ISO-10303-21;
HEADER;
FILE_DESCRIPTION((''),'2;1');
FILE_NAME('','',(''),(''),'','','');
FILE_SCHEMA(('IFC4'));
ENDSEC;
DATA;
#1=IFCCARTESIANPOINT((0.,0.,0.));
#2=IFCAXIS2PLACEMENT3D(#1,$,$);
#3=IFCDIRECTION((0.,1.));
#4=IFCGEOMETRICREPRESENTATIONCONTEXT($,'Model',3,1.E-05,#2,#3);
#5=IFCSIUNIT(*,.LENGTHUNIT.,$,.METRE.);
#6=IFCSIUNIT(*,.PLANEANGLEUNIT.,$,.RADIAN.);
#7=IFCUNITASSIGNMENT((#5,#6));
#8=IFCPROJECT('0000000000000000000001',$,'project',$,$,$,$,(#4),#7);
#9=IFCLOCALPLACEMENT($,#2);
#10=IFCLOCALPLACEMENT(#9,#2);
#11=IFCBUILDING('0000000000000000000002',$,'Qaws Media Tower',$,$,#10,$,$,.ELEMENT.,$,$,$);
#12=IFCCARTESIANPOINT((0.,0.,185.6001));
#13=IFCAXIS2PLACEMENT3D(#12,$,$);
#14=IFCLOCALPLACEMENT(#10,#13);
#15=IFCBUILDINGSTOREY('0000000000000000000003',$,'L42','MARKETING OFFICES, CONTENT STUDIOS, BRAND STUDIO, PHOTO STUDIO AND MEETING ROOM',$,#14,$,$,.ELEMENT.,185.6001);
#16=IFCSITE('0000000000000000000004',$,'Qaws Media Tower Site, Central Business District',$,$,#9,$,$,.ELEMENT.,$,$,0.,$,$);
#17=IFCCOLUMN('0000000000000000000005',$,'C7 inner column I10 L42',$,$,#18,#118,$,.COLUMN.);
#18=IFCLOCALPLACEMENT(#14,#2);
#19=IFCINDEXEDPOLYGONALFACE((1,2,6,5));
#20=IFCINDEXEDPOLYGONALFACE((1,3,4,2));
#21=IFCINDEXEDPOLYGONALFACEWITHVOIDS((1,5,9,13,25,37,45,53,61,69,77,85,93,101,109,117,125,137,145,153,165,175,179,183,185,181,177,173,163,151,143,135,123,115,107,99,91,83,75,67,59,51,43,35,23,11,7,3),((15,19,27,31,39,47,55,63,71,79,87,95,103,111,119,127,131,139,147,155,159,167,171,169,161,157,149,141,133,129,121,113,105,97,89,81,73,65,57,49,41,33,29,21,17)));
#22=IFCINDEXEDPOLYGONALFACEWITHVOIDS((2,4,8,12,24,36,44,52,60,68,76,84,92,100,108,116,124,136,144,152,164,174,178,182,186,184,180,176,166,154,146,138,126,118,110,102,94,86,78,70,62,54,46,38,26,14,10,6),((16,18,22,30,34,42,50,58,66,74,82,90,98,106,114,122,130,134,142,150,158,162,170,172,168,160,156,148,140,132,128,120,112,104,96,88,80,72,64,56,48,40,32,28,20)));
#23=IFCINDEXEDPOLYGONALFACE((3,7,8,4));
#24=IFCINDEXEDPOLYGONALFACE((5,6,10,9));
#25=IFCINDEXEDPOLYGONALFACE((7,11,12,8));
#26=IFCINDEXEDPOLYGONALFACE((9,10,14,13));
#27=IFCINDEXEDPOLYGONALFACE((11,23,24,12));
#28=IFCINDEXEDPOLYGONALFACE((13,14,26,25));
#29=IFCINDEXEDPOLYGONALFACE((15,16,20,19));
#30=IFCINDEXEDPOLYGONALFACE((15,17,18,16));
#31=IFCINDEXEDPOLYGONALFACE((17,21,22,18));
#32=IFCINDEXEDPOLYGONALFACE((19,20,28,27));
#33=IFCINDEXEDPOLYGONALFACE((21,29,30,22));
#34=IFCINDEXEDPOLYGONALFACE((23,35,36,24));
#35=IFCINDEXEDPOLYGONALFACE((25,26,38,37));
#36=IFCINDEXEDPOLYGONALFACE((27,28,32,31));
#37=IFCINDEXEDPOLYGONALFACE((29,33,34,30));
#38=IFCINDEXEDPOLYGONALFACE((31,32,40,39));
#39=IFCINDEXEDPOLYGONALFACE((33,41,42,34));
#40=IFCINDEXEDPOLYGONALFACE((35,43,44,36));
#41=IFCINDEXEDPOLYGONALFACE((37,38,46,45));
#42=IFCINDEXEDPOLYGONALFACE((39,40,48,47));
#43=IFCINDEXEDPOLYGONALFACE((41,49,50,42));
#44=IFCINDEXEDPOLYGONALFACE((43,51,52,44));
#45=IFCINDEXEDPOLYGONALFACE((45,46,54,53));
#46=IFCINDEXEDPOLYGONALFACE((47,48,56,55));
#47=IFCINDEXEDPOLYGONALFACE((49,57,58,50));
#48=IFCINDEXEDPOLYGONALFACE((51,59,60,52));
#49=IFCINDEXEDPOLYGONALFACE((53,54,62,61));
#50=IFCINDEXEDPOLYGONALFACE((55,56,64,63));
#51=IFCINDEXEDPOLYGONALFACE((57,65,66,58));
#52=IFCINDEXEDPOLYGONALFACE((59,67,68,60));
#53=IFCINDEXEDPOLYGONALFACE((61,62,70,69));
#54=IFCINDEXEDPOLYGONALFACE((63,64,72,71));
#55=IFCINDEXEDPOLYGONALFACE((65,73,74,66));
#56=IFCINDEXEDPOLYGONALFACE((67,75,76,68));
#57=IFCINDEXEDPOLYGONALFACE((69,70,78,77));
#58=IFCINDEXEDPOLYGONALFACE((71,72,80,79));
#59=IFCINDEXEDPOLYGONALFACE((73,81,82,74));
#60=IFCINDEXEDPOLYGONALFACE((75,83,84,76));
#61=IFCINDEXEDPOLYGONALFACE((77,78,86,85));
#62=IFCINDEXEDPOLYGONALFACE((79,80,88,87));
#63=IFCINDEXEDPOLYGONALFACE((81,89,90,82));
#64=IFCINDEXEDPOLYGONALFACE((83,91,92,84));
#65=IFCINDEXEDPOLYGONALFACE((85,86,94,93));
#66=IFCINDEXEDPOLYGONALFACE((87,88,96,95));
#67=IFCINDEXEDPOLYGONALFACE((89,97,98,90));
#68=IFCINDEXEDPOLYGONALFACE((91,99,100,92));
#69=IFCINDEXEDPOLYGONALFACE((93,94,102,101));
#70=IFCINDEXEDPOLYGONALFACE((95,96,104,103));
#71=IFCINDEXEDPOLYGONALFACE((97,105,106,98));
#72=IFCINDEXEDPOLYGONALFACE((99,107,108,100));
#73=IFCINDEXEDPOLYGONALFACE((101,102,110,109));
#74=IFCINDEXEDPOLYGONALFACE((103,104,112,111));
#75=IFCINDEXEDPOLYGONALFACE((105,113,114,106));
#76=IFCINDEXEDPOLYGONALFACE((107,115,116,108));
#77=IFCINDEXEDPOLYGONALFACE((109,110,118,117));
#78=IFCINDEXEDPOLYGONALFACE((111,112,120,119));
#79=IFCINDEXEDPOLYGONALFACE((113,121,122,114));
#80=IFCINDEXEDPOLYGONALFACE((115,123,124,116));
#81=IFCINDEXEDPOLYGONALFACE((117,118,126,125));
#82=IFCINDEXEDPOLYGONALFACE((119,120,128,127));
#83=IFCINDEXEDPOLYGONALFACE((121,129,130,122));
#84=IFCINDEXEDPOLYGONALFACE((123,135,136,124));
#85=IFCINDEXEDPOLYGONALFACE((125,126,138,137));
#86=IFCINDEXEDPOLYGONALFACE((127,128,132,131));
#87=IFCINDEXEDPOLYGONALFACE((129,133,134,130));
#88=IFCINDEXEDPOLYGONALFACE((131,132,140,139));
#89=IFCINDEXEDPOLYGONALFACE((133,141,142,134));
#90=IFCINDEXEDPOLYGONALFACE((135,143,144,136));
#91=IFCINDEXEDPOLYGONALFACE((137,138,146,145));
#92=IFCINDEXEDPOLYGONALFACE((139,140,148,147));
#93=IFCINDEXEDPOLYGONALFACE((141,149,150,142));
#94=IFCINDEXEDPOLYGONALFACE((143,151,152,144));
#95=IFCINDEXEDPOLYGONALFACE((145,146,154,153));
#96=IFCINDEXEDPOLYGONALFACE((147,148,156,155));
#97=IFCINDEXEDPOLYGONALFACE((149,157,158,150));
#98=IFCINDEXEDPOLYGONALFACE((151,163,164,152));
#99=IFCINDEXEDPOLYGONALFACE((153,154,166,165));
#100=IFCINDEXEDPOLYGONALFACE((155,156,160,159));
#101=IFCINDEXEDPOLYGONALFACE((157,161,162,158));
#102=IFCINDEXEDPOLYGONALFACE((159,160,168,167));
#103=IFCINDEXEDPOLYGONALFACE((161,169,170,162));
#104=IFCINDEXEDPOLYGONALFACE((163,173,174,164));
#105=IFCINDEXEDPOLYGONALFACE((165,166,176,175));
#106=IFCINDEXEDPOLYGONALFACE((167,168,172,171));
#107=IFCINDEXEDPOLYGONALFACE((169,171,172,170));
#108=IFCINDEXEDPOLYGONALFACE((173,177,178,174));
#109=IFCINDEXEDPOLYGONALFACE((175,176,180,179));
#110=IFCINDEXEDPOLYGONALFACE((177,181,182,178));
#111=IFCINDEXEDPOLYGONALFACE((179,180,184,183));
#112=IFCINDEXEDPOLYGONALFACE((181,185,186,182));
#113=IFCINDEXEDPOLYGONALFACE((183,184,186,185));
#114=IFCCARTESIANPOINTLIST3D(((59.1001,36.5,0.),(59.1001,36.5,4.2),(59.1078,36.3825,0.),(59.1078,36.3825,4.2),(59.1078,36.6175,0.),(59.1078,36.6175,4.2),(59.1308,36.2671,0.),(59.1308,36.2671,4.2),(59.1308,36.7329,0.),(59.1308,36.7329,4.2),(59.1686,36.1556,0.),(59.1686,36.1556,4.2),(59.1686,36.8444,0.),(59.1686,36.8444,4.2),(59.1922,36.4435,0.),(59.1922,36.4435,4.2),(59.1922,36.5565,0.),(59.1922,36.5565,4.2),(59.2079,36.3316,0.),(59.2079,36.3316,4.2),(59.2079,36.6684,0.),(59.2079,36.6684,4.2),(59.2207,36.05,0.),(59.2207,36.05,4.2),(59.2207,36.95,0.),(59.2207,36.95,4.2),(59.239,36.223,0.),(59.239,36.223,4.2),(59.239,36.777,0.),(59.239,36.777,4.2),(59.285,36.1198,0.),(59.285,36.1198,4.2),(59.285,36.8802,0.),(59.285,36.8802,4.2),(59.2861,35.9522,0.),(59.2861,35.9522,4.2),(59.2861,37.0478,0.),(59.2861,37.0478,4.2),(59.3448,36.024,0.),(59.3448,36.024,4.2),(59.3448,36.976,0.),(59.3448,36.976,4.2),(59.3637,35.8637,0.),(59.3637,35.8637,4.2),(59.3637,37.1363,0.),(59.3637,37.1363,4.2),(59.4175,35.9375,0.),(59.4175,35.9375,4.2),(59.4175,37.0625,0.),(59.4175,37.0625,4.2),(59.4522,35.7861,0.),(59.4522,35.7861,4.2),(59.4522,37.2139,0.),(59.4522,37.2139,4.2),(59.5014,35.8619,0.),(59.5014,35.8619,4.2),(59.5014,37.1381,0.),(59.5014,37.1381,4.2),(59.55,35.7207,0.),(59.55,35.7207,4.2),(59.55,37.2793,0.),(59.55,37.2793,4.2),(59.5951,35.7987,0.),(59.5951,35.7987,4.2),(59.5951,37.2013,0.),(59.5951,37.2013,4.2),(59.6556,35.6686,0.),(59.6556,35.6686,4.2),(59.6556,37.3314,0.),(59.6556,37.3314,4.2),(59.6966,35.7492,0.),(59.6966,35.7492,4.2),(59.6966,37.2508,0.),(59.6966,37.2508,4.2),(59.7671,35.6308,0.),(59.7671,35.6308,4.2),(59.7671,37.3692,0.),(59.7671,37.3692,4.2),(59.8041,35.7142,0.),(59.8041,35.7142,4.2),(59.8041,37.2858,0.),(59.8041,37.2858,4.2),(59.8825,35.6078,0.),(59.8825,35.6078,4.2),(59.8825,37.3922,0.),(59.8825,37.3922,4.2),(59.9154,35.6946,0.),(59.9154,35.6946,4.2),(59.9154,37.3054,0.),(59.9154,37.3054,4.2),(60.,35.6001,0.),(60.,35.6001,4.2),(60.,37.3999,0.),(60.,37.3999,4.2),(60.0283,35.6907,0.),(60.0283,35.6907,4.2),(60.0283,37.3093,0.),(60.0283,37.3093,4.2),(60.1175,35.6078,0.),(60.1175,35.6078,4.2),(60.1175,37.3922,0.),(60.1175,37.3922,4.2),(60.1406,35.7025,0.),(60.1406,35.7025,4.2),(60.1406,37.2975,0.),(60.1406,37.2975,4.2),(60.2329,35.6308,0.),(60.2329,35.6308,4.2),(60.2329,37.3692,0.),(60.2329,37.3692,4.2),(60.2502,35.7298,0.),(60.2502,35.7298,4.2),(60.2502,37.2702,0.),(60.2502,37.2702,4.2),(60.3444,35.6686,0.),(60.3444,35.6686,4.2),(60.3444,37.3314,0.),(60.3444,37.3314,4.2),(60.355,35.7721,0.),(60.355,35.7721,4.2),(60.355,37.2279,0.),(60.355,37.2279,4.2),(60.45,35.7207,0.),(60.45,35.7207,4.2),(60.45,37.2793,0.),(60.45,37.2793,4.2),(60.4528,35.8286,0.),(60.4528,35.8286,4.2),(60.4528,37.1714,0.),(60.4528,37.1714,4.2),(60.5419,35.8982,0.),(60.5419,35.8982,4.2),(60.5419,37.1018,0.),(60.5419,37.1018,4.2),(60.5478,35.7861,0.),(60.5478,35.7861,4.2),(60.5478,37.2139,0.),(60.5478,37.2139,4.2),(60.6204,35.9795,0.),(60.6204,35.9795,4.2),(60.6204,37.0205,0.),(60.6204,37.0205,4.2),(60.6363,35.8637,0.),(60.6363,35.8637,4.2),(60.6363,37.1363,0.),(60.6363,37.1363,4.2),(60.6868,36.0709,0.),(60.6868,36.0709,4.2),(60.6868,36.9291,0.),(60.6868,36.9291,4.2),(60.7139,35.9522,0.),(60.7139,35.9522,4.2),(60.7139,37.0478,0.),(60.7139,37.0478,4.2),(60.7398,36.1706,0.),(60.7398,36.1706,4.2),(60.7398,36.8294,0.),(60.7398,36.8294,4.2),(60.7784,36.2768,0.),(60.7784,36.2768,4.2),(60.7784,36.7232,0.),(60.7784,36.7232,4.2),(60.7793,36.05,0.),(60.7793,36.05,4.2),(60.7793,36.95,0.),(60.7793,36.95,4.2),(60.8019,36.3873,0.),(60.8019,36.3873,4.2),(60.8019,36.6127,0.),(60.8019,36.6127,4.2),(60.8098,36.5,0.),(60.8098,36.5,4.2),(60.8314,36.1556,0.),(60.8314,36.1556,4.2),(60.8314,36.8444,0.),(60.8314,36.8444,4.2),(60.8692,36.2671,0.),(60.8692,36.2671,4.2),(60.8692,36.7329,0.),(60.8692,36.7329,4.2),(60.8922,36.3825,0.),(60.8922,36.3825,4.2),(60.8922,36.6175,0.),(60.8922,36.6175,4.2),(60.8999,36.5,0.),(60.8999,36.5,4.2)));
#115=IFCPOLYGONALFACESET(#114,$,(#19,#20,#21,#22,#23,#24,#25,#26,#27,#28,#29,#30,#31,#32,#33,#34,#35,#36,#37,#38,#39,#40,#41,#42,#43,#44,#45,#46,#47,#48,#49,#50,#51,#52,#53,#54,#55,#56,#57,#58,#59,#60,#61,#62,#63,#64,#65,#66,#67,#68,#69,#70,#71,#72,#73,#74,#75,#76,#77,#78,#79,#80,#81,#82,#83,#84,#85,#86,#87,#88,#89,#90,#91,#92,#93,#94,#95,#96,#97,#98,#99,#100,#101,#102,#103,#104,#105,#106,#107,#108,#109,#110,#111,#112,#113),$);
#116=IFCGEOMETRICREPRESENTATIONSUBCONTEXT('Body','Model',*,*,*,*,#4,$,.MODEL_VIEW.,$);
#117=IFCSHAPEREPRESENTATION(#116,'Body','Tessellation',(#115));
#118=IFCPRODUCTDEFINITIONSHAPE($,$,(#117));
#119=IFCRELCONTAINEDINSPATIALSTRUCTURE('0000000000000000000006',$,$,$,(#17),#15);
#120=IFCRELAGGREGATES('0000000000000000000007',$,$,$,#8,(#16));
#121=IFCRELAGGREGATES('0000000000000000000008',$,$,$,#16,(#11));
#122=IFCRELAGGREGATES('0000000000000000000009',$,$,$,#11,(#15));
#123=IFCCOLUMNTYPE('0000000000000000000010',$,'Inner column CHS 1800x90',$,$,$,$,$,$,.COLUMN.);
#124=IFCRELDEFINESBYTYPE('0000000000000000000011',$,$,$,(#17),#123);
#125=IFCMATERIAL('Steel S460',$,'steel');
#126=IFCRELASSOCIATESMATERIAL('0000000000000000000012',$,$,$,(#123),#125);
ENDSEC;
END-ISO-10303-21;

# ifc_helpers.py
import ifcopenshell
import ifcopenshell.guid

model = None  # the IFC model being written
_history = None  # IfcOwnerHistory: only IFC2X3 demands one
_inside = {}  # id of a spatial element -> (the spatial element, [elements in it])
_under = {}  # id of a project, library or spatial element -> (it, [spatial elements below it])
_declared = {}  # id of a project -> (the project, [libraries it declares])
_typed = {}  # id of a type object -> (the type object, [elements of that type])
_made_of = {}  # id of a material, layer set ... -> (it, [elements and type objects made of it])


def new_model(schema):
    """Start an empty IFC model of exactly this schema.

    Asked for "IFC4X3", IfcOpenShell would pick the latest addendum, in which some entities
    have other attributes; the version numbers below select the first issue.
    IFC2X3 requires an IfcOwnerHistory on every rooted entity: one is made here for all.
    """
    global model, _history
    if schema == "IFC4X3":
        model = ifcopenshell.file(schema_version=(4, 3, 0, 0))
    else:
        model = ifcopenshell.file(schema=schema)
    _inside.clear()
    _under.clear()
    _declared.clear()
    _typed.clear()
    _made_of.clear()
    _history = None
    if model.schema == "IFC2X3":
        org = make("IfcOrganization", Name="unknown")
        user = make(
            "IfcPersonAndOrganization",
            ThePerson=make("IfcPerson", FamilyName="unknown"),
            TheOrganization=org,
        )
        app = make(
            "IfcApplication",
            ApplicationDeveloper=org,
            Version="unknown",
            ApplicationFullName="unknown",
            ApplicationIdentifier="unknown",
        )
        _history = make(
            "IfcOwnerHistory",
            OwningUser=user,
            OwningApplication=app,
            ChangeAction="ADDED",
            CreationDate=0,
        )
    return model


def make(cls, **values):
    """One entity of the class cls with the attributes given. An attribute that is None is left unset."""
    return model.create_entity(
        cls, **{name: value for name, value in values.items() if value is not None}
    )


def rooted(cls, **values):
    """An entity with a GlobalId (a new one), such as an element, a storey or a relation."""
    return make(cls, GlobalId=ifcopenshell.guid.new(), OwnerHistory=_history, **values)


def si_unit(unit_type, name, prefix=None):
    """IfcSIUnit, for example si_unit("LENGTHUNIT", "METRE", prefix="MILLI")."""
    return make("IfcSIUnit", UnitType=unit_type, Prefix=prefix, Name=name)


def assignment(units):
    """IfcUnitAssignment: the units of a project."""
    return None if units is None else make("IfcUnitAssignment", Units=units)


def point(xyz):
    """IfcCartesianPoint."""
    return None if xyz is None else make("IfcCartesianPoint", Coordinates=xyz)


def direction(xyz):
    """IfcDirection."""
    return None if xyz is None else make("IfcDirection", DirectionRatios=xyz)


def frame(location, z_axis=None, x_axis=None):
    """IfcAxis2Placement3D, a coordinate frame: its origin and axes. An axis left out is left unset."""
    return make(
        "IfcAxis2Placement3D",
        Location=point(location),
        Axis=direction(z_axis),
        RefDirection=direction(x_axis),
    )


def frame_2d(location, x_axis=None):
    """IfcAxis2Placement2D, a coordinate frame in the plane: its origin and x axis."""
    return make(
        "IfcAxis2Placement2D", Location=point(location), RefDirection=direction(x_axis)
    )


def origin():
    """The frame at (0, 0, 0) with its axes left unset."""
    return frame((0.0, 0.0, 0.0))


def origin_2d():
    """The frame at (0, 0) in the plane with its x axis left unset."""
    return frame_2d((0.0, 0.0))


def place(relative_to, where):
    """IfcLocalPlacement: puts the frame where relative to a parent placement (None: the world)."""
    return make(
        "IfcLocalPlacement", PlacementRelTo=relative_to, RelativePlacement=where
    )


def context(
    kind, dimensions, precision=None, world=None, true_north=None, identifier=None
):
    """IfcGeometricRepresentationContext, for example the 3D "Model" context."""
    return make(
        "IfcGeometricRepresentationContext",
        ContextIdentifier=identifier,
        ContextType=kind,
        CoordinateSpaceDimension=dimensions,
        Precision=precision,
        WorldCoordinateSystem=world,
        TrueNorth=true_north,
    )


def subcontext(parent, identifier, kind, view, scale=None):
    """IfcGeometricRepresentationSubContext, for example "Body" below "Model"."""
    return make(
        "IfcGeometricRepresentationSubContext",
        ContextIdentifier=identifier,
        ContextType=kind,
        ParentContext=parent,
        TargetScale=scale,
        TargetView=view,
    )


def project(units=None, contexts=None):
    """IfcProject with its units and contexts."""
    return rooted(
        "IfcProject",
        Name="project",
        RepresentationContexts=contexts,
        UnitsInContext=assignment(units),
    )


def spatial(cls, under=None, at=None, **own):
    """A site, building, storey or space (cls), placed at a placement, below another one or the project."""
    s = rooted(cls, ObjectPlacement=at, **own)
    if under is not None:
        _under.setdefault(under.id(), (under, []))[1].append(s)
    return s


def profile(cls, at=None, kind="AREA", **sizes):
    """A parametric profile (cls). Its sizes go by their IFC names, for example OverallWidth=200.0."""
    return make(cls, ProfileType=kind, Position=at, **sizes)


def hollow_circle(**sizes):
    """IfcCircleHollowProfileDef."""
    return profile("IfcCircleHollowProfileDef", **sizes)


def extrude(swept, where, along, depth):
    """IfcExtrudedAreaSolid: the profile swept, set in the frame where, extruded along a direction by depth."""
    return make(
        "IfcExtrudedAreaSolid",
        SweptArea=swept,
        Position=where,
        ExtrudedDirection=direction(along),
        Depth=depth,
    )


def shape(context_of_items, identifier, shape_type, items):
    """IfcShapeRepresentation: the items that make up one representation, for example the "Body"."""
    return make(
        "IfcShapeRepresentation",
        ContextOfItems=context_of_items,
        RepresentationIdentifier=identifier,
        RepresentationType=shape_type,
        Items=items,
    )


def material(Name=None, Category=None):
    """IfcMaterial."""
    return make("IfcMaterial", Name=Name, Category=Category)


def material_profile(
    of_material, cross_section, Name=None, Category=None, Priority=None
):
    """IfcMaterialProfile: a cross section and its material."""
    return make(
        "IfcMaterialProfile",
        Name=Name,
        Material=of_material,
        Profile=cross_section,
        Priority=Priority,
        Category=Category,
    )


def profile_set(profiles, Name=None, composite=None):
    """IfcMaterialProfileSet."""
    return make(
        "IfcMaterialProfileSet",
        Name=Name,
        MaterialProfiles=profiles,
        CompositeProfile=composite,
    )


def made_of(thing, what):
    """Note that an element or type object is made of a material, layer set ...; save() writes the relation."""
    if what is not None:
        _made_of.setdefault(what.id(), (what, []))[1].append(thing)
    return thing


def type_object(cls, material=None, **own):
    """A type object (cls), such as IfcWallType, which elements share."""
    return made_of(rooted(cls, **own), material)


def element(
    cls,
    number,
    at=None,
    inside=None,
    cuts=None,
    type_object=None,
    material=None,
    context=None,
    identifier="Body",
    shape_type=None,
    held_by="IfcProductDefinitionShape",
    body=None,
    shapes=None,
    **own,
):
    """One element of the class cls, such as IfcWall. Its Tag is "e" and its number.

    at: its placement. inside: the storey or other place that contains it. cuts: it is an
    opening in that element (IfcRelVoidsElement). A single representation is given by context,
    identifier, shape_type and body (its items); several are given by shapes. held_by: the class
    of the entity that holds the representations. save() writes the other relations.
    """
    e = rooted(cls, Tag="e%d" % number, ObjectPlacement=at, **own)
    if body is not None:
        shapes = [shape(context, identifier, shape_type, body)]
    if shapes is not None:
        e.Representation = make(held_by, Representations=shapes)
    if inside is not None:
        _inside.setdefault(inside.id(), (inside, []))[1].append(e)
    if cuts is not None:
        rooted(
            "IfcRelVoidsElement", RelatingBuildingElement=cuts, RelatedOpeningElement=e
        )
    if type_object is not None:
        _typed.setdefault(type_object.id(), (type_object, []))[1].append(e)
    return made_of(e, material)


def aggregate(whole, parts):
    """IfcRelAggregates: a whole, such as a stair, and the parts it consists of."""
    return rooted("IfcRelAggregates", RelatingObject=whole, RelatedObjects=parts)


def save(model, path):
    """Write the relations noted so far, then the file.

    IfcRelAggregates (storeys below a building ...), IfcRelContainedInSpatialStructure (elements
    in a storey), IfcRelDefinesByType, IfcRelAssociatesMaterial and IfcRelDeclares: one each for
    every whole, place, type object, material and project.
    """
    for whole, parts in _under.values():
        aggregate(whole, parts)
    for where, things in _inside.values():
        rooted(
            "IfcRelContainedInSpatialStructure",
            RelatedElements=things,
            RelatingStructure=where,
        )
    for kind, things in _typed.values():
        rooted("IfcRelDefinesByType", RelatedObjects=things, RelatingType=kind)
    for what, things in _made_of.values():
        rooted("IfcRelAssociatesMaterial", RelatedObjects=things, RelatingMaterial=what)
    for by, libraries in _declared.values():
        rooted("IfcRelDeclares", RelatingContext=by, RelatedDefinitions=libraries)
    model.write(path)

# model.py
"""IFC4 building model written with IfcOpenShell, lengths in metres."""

from ifc_helpers import new_model, si_unit, direction, frame, origin, origin_2d, place, context, subcontext, project, spatial, hollow_circle, extrude, material, material_profile, profile_set, type_object, element, save


model = new_model("IFC4")

# Units and contexts
model_context = context("Model", 3, precision=1e-05, world=origin(), true_north=direction((0.0, 1.0)))
body_context = subcontext(model_context, "Body", "Model", "MODEL_VIEW")
ifc_project = project(units=[si_unit("LENGTHUNIT", "METRE"), si_unit("PLANEANGLEUNIT", "RADIAN")], contexts=[model_context])

# Site, building, storey
site_placement = place(None, origin())
site = spatial("IfcSite", under=ifc_project, at=site_placement, Name="Qaws Media Tower Site, Central Business District", CompositionType="ELEMENT", RefElevation=0.0)
building_placement = place(site_placement, origin())
building = spatial("IfcBuilding", under=site, at=building_placement, Name="Qaws Media Tower", CompositionType="ELEMENT")
storey_placement = place(building_placement, frame((0.0, 0.0, 185.6001)))
storey = spatial("IfcBuildingStorey", under=building, at=storey_placement, Name="L42", Description="MARKETING OFFICES, CONTENT STUDIOS, BRAND STUDIO, PHOTO STUDIO AND MEETING ROOM", CompositionType="ELEMENT", Elevation=185.6001)

# Column
ifc_material_1 = material(Name="Steel S460", Category="steel")
ifc_material_profile_1 = material_profile(ifc_material_1, hollow_circle(Radius=0.8999, WallThickness=0.0901, at=origin_2d()), Name="CHS 1800x90")
ifc_profile_set_1 = profile_set([ifc_material_profile_1], Name="Steel S460")
column_type = type_object("IfcColumnType", Name="Inner column CHS 1800x90", PredefinedType="COLUMN", material=ifc_profile_set_1)
for number, where, z_axis, x_axis, name in (
    (1, (60.0, 36.5, 0.0), (0.0, 0.0, 1.0), (1.0, 0.0, 0.0), "C7 inner column I10 L42"),
):
    element("IfcColumn", number, at=place(storey_placement, frame(where, z_axis=z_axis, x_axis=x_axis)), inside=storey, type_object=column_type, Name=name, PredefinedType="COLUMN", context=body_context, shape_type="SweptSolid", body=[
        extrude(hollow_circle(Radius=0.8999, WallThickness=0.0901, at=origin_2d()), origin(), (0.0, 0.0, 1.0), 4.2),
    ])

save(model, "model.ifc")
